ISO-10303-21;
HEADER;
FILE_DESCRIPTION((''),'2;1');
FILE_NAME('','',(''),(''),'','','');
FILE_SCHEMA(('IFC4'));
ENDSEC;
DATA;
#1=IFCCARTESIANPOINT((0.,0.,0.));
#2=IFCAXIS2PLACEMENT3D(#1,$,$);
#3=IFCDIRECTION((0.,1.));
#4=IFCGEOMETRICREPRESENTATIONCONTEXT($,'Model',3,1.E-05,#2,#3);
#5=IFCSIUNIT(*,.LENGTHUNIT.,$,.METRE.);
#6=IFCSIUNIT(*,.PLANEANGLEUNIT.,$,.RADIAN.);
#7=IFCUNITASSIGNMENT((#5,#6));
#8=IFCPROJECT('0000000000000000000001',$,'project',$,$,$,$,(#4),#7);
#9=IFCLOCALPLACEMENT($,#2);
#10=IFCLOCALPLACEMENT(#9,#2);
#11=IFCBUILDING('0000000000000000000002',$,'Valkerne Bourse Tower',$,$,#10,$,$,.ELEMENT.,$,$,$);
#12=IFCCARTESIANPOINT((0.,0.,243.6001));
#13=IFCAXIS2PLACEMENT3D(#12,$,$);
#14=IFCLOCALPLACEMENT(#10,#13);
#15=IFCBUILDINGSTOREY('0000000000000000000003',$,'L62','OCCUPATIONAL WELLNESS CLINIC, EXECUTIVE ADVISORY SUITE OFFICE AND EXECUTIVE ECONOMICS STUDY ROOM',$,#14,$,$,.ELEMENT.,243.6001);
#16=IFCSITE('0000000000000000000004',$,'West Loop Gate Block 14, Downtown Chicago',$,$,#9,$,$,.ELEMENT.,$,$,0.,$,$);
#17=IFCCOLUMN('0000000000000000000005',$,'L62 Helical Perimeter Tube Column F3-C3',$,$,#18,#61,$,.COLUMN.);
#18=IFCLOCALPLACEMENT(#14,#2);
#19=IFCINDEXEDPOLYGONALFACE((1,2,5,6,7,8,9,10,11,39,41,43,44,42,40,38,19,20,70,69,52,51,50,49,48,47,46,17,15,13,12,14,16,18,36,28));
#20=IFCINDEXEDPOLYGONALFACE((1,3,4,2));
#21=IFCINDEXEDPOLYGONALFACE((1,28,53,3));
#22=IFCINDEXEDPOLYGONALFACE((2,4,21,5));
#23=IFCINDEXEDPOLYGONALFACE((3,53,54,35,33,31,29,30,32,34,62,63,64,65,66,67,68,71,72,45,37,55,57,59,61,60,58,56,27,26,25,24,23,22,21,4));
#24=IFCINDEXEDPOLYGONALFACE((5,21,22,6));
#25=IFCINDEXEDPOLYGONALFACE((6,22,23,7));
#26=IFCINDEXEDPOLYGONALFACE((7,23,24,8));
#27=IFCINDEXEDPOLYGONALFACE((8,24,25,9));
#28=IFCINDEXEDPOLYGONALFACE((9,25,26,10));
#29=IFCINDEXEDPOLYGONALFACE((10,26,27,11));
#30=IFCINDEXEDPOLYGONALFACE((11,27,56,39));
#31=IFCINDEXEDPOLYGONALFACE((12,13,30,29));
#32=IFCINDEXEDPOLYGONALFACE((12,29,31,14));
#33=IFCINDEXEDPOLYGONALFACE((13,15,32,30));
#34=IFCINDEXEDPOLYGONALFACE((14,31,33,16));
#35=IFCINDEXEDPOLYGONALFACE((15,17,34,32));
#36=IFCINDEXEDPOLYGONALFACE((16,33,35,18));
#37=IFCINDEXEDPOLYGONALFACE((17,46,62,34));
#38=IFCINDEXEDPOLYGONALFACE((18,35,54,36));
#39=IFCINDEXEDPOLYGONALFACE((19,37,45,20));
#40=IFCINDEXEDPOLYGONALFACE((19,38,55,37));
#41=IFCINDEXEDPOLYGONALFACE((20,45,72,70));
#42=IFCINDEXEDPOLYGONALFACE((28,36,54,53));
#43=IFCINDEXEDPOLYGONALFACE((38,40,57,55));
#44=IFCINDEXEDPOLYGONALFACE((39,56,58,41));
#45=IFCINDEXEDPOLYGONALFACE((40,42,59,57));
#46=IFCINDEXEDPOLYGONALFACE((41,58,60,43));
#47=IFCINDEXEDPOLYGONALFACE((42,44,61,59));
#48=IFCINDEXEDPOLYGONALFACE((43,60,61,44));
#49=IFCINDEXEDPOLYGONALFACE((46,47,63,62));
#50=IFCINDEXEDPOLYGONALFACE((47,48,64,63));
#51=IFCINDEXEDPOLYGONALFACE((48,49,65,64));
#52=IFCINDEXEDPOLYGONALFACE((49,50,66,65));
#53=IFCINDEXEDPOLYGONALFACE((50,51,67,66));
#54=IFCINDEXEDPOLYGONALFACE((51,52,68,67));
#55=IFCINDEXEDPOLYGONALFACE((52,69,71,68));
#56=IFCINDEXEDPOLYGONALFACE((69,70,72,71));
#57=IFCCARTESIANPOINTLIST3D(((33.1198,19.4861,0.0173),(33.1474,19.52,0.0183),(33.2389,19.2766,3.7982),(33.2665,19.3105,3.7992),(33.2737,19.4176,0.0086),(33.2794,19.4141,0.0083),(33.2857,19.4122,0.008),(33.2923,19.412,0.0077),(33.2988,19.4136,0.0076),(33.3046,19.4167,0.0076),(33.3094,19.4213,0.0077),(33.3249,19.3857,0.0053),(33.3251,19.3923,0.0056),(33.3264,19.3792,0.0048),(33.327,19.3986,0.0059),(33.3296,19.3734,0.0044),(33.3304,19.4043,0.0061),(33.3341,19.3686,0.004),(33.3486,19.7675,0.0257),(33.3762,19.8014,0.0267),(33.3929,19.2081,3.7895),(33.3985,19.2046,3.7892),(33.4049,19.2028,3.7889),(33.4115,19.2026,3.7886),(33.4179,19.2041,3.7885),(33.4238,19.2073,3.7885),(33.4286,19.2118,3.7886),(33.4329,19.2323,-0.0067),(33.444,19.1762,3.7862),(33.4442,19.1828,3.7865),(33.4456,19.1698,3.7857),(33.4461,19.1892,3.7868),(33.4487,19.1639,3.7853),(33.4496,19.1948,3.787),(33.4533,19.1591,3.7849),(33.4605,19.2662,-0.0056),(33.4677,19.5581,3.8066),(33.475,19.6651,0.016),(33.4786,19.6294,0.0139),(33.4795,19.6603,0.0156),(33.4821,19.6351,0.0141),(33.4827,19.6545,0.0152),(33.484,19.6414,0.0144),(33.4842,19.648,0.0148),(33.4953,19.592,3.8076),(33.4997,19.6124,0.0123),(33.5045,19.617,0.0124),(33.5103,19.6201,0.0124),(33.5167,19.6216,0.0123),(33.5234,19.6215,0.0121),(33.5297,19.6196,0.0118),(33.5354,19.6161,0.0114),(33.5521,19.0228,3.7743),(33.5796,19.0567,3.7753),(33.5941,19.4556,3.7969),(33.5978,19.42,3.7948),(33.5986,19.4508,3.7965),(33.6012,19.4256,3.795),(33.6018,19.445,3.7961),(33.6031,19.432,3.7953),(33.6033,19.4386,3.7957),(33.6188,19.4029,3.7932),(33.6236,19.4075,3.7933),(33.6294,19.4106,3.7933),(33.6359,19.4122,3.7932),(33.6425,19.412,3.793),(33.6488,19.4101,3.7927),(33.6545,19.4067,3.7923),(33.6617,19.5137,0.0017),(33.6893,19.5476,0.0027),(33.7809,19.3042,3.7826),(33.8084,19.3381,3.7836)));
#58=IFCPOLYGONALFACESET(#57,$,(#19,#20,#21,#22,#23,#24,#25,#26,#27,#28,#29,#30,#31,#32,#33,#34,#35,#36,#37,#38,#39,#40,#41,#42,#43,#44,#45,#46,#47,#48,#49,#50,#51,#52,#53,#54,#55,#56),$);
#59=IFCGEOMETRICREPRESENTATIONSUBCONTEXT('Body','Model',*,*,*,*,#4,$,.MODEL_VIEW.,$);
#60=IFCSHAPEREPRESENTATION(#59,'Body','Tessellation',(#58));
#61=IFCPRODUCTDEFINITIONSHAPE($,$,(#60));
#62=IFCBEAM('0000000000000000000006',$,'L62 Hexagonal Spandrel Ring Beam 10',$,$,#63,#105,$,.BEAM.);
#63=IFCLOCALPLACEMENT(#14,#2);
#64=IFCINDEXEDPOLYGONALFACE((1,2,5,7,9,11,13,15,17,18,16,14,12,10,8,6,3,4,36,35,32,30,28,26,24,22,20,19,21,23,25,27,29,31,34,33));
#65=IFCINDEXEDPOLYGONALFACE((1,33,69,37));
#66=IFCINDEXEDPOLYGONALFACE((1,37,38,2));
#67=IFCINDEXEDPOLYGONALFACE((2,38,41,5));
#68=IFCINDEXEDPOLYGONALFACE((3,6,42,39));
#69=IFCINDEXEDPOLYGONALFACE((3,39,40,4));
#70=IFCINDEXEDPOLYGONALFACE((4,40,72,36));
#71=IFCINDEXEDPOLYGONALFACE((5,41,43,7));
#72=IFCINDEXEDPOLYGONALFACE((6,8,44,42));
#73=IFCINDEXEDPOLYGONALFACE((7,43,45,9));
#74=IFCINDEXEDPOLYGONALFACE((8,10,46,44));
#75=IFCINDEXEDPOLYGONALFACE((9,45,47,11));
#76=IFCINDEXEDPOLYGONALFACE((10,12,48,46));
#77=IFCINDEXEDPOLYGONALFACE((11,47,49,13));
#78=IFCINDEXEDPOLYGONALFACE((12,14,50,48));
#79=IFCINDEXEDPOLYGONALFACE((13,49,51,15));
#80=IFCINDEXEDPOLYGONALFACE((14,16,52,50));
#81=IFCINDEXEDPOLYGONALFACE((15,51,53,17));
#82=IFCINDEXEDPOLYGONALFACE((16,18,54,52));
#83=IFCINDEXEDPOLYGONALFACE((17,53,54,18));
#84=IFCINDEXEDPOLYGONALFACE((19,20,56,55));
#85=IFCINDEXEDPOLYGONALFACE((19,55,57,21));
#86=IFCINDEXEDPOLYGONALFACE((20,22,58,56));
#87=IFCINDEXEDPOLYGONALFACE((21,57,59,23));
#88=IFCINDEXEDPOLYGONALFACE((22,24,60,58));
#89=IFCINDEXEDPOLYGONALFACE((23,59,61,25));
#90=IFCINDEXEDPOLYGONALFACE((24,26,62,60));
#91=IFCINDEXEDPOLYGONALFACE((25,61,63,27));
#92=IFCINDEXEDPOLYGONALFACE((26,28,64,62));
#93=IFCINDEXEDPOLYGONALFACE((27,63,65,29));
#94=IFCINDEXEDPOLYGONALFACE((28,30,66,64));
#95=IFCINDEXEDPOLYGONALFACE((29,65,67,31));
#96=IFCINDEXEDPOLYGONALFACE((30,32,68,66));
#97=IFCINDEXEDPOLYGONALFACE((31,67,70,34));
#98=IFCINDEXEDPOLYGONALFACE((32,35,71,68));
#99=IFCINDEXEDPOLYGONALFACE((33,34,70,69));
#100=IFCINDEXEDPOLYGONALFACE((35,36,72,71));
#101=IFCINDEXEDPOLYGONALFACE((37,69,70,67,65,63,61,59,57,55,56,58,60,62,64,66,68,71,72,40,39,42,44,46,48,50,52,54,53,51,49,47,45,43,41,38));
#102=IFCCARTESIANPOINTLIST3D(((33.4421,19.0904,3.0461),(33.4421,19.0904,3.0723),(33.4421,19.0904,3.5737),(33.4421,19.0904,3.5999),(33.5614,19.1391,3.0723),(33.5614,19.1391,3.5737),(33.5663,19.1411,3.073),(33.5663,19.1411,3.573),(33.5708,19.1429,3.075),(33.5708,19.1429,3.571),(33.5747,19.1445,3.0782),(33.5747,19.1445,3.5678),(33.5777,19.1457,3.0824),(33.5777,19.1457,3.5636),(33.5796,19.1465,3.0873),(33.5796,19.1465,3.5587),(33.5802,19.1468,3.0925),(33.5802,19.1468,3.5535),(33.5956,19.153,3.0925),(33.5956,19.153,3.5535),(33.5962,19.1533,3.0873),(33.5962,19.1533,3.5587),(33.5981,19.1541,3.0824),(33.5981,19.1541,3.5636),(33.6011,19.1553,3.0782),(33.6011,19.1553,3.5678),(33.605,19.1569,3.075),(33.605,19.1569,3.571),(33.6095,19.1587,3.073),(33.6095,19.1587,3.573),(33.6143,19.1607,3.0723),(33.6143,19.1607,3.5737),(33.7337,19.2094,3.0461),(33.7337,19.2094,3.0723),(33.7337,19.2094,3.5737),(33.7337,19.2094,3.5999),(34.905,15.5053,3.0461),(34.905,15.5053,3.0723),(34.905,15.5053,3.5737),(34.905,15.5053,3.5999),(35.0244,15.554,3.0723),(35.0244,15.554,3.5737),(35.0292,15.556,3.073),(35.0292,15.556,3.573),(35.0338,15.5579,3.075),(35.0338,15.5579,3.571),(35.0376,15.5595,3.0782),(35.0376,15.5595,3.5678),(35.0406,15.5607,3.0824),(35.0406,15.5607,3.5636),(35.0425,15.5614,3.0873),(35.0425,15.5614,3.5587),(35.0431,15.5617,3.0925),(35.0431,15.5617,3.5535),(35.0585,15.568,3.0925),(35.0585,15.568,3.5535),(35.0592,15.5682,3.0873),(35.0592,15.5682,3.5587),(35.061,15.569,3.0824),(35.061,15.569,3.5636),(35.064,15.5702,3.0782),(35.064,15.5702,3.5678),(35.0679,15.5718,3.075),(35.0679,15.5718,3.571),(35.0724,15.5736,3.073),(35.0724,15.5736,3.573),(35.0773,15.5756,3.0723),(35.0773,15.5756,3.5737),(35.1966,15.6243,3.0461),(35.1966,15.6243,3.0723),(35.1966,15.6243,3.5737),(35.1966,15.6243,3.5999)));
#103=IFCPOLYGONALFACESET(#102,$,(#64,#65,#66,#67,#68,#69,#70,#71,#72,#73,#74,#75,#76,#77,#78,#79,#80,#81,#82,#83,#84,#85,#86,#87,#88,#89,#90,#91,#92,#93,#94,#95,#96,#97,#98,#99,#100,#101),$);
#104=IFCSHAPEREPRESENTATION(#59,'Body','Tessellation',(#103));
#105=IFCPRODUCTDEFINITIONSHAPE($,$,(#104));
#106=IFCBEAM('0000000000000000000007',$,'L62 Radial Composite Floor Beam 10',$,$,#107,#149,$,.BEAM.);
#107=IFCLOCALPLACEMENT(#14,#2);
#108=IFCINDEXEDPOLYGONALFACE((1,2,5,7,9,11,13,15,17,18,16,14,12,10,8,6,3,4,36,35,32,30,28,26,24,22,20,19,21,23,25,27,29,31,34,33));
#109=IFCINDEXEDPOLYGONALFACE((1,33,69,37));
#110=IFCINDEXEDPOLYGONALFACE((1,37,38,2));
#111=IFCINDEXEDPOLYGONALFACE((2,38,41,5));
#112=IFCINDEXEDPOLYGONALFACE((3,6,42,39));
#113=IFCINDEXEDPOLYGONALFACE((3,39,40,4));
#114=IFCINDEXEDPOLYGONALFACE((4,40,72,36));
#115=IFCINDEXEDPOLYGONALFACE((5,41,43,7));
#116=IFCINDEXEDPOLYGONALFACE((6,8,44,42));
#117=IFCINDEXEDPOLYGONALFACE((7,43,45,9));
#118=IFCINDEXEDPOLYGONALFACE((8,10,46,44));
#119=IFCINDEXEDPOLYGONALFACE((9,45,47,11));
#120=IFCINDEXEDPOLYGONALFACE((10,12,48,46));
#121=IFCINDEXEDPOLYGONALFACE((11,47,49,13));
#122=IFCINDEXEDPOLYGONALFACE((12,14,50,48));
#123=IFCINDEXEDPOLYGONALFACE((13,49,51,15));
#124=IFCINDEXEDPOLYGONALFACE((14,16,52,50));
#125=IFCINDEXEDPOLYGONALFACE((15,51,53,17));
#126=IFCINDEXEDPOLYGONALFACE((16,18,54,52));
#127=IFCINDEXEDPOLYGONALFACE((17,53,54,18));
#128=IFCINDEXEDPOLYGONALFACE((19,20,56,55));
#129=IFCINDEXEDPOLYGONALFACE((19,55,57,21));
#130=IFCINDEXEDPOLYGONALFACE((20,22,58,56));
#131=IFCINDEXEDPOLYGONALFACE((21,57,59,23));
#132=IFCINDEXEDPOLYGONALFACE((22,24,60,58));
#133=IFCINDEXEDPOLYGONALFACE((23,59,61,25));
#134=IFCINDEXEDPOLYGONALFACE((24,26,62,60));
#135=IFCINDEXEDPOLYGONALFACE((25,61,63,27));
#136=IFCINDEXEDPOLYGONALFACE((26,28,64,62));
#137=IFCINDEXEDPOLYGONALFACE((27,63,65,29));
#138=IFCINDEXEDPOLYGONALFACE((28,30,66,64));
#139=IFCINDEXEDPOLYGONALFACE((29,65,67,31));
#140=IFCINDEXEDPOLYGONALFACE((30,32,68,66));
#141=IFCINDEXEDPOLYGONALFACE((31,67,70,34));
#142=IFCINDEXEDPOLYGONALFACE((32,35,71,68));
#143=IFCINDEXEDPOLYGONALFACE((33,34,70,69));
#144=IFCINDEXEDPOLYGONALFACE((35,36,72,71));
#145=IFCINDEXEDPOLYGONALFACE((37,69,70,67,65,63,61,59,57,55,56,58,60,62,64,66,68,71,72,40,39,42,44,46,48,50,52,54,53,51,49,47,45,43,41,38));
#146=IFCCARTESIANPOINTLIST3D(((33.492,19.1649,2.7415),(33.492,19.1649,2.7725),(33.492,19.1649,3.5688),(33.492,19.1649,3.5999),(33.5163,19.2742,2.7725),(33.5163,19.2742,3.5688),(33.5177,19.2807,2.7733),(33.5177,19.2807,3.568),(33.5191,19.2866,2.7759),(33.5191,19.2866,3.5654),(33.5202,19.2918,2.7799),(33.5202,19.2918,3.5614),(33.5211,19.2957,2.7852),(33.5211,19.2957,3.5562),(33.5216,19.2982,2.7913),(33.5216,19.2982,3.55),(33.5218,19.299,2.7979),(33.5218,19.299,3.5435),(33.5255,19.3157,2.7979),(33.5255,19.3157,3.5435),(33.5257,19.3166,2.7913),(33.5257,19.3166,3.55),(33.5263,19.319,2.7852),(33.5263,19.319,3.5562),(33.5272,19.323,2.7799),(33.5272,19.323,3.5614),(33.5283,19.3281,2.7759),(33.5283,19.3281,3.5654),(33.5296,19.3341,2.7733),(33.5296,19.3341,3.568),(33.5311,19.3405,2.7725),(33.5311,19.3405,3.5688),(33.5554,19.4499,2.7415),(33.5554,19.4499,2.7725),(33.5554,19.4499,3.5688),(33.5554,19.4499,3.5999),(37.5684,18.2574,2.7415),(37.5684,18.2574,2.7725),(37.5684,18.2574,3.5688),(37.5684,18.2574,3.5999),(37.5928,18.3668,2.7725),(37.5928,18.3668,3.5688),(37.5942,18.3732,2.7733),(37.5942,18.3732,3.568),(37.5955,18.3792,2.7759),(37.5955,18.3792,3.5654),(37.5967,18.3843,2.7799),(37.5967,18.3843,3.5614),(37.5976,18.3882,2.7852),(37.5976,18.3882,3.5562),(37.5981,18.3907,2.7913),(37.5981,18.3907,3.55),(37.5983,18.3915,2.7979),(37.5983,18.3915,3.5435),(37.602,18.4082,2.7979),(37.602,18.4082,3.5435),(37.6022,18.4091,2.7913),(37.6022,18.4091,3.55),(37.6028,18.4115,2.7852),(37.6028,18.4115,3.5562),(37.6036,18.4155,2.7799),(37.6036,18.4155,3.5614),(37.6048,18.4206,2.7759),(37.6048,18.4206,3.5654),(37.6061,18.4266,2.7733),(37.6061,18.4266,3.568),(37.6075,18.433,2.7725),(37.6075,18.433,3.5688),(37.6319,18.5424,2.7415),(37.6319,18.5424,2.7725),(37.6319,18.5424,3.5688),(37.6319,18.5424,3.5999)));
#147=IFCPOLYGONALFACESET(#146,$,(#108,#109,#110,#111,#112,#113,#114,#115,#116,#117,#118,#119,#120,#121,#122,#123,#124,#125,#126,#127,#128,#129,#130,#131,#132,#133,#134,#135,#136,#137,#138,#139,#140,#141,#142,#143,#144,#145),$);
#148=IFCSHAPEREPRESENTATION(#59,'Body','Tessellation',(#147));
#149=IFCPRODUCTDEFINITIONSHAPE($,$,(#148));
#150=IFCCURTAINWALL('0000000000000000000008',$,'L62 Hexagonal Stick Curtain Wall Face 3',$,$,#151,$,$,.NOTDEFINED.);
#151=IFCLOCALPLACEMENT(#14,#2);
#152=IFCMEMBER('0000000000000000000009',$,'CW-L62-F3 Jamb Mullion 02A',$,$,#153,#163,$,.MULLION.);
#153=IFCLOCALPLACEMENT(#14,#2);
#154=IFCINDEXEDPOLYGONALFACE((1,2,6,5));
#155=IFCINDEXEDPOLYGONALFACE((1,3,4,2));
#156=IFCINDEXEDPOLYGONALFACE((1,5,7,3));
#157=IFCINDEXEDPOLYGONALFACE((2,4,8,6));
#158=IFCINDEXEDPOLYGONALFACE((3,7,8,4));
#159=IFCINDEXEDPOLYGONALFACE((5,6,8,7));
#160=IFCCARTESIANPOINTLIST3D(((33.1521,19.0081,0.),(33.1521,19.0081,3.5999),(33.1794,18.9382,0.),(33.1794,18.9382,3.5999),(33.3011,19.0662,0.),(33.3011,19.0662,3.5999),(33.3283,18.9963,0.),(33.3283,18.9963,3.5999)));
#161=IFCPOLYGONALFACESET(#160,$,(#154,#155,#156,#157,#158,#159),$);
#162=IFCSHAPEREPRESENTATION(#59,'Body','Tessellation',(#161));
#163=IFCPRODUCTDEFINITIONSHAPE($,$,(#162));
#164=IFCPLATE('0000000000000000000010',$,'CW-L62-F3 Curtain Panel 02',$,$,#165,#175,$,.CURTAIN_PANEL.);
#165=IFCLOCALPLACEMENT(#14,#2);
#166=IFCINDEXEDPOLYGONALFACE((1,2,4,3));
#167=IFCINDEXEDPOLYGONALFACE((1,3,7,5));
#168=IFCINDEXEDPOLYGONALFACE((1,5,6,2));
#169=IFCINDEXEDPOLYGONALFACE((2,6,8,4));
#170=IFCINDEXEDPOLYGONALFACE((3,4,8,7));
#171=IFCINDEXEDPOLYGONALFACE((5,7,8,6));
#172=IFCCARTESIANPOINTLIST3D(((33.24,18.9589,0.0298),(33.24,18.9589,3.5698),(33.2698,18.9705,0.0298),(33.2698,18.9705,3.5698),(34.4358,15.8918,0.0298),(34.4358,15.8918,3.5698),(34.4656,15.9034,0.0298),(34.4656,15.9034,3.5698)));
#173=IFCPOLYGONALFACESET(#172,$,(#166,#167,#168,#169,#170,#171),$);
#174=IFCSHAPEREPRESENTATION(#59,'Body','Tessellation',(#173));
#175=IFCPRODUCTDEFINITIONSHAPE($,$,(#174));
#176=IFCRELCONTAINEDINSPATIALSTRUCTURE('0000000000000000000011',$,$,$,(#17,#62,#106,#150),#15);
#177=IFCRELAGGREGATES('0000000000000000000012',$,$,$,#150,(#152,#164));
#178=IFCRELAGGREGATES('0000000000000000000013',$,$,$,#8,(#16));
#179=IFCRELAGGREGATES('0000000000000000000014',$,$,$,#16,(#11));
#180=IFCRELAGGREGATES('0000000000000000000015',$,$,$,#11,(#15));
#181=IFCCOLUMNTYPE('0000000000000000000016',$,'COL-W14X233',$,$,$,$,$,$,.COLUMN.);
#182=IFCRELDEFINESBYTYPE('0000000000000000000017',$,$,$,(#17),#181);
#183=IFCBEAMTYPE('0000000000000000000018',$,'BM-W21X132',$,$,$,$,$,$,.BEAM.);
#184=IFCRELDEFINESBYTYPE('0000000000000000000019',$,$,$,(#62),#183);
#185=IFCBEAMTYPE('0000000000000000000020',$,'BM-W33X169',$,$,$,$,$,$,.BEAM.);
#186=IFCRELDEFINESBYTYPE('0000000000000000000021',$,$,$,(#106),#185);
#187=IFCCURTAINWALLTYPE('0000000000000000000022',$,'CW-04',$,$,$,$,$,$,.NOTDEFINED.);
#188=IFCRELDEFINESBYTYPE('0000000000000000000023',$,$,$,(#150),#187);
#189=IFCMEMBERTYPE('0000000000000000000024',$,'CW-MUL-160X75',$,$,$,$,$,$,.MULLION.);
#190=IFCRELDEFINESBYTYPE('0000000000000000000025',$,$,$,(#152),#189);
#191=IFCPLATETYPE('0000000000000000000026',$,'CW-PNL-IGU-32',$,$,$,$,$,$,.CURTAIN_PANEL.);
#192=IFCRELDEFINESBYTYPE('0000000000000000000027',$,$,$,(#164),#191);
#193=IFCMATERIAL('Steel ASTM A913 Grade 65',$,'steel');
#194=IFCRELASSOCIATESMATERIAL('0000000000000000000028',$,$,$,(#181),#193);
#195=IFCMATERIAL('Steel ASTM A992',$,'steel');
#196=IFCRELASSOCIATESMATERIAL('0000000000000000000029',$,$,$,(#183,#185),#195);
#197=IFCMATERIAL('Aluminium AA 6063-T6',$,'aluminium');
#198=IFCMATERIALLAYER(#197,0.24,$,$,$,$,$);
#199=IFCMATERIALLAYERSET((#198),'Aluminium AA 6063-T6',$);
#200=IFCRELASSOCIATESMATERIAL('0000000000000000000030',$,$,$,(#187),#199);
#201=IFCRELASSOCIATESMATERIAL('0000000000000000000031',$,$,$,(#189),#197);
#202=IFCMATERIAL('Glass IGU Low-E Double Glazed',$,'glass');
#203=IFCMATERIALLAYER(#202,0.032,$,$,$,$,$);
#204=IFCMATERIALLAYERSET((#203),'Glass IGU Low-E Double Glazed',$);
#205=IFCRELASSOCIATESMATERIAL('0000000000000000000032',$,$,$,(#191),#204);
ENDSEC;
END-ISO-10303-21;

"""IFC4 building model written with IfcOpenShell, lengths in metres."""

from ifc_helpers import new_model, si_unit, direction, frame, origin, origin_2d, place, context, subcontext, project, spatial, rectangle, i_section, extrude, material, layer, layer_set, material_profile, profile_set, type_object, element, aggregate, save


model = new_model("IFC4")

# Units and contexts
model_context = context("Model", 3, precision=1e-05, world=origin(), true_north=direction((0.0, 1.0)))
body_context = subcontext(model_context, "Body", "Model", "MODEL_VIEW")
ifc_project = project(units=[si_unit("LENGTHUNIT", "METRE"), si_unit("PLANEANGLEUNIT", "RADIAN")], contexts=[model_context])

# Site, building, storey
site_placement = place(None, origin())
site = spatial("IfcSite", under=ifc_project, at=site_placement, Name="West Loop Gate Block 14, Downtown Chicago", CompositionType="ELEMENT", RefElevation=0.0)
building_placement = place(site_placement, origin())
building = spatial("IfcBuilding", under=site, at=building_placement, Name="Valkerne Bourse Tower", CompositionType="ELEMENT")
storey_placement = place(building_placement, frame((0.0, 0.0, 243.6001)))
storey = spatial("IfcBuildingStorey", under=building, at=storey_placement, Name="L62", Description="OCCUPATIONAL WELLNESS CLINIC, EXECUTIVE ADVISORY SUITE OFFICE AND EXECUTIVE ECONOMICS STUDY ROOM", CompositionType="ELEMENT", Elevation=243.6001)

# Column
ifc_material_1 = material(Name="Steel ASTM A913 Grade 65", Category="steel")
ifc_material_profile_1 = material_profile(ifc_material_1, i_section(OverallWidth=0.4038, OverallDepth=0.4065, WebThickness=0.0271, FlangeThickness=0.0437, FilletRadius=0.0254, at=origin_2d()), Name="W14X233")
ifc_profile_set_1 = profile_set([ifc_material_profile_1], Name="Steel ASTM A913 Grade 65")
column_type = type_object("IfcColumnType", Name="COL-W14X233", PredefinedType="COLUMN", material=ifc_profile_set_1)
column_placement = place(storey_placement, frame((33.4045, 19.5168, 0.01), z_axis=(0.031446, -0.055289, 0.997975), x_axis=(0.77544, -0.628634, -0.059261)))
element("IfcColumn", 1, at=column_placement, inside=storey, type_object=column_type, Name="L62 Helical Perimeter Tube Column F3-C3", PredefinedType="COLUMN", context=body_context, shape_type="SweptSolid", body=[
    extrude(i_section(OverallWidth=0.4038, OverallDepth=0.4065, WebThickness=0.0271, FlangeThickness=0.0437, FilletRadius=0.0254, at=origin_2d()), origin(), (0.0, 0.0, 1.0), 3.7886),
])

# Beams
ifc_material_2 = material(Name="Steel ASTM A992", Category="steel")
ifc_material_profile_2 = material_profile(ifc_material_2, i_section(OverallWidth=0.3149, OverallDepth=0.5537, WebThickness=0.0166, FlangeThickness=0.0261, FilletRadius=0.0203, at=origin_2d()), Name="W21X132")
ifc_profile_set_2 = profile_set([ifc_material_profile_2], Name="Steel ASTM A992")
beam_type_1 = type_object("IfcBeamType", Name="BM-W21X132", PredefinedType="BEAM", material=ifc_profile_set_2)
beam_1_placement = place(storey_placement, frame((33.5879, 19.1499, 3.323), z_axis=(0.377818, -0.92588, 0.0), x_axis=(0.92588, 0.377818, 0.0)))
element("IfcBeam", 2, at=beam_1_placement, inside=storey, type_object=beam_type_1, Name="L62 Hexagonal Spandrel Ring Beam 10", PredefinedType="BEAM", context=body_context, shape_type="SweptSolid", body=[
    extrude(i_section(OverallWidth=0.3149, OverallDepth=0.5537, WebThickness=0.0166, FlangeThickness=0.0261, FilletRadius=0.0203, at=origin_2d()), origin(), (0.0, 0.0, 1.0), 3.8721),
])
ifc_material_profile_3 = material_profile(ifc_material_2, i_section(OverallWidth=0.292, OverallDepth=0.8584, WebThickness=0.0171, FlangeThickness=0.031, FilletRadius=0.0254, at=origin_2d()), Name="W33X169")
ifc_profile_set_3 = profile_set([ifc_material_profile_3], Name="Steel ASTM A992")
beam_type_2 = type_object("IfcBeamType", Name="BM-W33X169", PredefinedType="BEAM", material=ifc_profile_set_3)
beam_2_placement = place(storey_placement, frame((33.5237, 19.3074, 3.1707), z_axis=(0.976106, -0.217296, 0.0), x_axis=(0.217296, 0.976106, 0.0)))
element("IfcBeam", 3, at=beam_2_placement, inside=storey, type_object=beam_type_2, Name="L62 Radial Composite Floor Beam 10", PredefinedType="BEAM", context=body_context, shape_type="SweptSolid", body=[
    extrude(i_section(OverallWidth=0.292, OverallDepth=0.8584, WebThickness=0.0171, FlangeThickness=0.031, FilletRadius=0.0254, at=origin_2d()), origin(), (0.0, 0.0, 1.0), 4.1763),
])

# Curtain wall, member, plate
ifc_material_3 = material(Name="Aluminium AA 6063-T6", Category="aluminium")
ifc_layer_1 = layer(ifc_material_3, 0.24)
ifc_layer_set_1 = layer_set([ifc_layer_1], Name="Aluminium AA 6063-T6")
curtain_wall_type = type_object("IfcCurtainWallType", Name="CW-04", PredefinedType="NOTDEFINED", material=ifc_layer_set_1)
curtain_wall_placement = place(storey_placement, origin())
curtain_wall = element("IfcCurtainWall", 4, at=curtain_wall_placement, inside=storey, type_object=curtain_wall_type, Name="L62 Hexagonal Stick Curtain Wall Face 3", PredefinedType="NOTDEFINED")
ifc_material_profile_4 = material_profile(ifc_material_3, rectangle(XDim=0.075, YDim=0.1599, at=origin_2d()), Name="CWM-75X160")
ifc_profile_set_4 = profile_set([ifc_material_profile_4], Name="Aluminium AA 6063-T6")
member_type = type_object("IfcMemberType", Name="CW-MUL-160X75", PredefinedType="MULLION", material=ifc_profile_set_4)
member_placement = place(storey_placement, frame((33.2402, 19.0022, 0.0), z_axis=(0.0, 0.0, 1.0), x_axis=(0.363247, -0.931693, 0.0)))
member = element("IfcMember", 5, at=member_placement, type_object=member_type, Name="CW-L62-F3 Jamb Mullion 02A", PredefinedType="MULLION", context=body_context, shape_type="SweptSolid", body=[
    extrude(rectangle(XDim=0.075, YDim=0.1599, at=origin_2d()), origin(), (0.0, 0.0, 1.0), 3.5999),
])
ifc_material_4 = material(Name="Glass IGU Low-E Double Glazed", Category="glass")
ifc_layer_2 = layer(ifc_material_4, 0.032)
ifc_layer_set_2 = layer_set([ifc_layer_2], Name="Glass IGU Low-E Double Glazed")
plate_type = type_object("IfcPlateType", Name="CW-PNL-IGU-32", PredefinedType="CURTAIN_PANEL", material=ifc_layer_set_2)
plate_placement = place(storey_placement, frame((33.8528, 17.4312, 0.0298), z_axis=(0.0, 0.0, 1.0), x_axis=(0.363247, -0.931693, 0.0)))
plate = element("IfcPlate", 6, at=plate_placement, type_object=plate_type, Name="CW-L62-F3 Curtain Panel 02", PredefinedType="CURTAIN_PANEL", context=body_context, shape_type="SweptSolid", body=[
    extrude(rectangle(XDim=3.292, YDim=0.032, at=origin_2d()), origin(), (0.0, 0.0, 1.0), 3.54),
])
aggregate(curtain_wall, [member, plate])

save(model, "model.ifc")
